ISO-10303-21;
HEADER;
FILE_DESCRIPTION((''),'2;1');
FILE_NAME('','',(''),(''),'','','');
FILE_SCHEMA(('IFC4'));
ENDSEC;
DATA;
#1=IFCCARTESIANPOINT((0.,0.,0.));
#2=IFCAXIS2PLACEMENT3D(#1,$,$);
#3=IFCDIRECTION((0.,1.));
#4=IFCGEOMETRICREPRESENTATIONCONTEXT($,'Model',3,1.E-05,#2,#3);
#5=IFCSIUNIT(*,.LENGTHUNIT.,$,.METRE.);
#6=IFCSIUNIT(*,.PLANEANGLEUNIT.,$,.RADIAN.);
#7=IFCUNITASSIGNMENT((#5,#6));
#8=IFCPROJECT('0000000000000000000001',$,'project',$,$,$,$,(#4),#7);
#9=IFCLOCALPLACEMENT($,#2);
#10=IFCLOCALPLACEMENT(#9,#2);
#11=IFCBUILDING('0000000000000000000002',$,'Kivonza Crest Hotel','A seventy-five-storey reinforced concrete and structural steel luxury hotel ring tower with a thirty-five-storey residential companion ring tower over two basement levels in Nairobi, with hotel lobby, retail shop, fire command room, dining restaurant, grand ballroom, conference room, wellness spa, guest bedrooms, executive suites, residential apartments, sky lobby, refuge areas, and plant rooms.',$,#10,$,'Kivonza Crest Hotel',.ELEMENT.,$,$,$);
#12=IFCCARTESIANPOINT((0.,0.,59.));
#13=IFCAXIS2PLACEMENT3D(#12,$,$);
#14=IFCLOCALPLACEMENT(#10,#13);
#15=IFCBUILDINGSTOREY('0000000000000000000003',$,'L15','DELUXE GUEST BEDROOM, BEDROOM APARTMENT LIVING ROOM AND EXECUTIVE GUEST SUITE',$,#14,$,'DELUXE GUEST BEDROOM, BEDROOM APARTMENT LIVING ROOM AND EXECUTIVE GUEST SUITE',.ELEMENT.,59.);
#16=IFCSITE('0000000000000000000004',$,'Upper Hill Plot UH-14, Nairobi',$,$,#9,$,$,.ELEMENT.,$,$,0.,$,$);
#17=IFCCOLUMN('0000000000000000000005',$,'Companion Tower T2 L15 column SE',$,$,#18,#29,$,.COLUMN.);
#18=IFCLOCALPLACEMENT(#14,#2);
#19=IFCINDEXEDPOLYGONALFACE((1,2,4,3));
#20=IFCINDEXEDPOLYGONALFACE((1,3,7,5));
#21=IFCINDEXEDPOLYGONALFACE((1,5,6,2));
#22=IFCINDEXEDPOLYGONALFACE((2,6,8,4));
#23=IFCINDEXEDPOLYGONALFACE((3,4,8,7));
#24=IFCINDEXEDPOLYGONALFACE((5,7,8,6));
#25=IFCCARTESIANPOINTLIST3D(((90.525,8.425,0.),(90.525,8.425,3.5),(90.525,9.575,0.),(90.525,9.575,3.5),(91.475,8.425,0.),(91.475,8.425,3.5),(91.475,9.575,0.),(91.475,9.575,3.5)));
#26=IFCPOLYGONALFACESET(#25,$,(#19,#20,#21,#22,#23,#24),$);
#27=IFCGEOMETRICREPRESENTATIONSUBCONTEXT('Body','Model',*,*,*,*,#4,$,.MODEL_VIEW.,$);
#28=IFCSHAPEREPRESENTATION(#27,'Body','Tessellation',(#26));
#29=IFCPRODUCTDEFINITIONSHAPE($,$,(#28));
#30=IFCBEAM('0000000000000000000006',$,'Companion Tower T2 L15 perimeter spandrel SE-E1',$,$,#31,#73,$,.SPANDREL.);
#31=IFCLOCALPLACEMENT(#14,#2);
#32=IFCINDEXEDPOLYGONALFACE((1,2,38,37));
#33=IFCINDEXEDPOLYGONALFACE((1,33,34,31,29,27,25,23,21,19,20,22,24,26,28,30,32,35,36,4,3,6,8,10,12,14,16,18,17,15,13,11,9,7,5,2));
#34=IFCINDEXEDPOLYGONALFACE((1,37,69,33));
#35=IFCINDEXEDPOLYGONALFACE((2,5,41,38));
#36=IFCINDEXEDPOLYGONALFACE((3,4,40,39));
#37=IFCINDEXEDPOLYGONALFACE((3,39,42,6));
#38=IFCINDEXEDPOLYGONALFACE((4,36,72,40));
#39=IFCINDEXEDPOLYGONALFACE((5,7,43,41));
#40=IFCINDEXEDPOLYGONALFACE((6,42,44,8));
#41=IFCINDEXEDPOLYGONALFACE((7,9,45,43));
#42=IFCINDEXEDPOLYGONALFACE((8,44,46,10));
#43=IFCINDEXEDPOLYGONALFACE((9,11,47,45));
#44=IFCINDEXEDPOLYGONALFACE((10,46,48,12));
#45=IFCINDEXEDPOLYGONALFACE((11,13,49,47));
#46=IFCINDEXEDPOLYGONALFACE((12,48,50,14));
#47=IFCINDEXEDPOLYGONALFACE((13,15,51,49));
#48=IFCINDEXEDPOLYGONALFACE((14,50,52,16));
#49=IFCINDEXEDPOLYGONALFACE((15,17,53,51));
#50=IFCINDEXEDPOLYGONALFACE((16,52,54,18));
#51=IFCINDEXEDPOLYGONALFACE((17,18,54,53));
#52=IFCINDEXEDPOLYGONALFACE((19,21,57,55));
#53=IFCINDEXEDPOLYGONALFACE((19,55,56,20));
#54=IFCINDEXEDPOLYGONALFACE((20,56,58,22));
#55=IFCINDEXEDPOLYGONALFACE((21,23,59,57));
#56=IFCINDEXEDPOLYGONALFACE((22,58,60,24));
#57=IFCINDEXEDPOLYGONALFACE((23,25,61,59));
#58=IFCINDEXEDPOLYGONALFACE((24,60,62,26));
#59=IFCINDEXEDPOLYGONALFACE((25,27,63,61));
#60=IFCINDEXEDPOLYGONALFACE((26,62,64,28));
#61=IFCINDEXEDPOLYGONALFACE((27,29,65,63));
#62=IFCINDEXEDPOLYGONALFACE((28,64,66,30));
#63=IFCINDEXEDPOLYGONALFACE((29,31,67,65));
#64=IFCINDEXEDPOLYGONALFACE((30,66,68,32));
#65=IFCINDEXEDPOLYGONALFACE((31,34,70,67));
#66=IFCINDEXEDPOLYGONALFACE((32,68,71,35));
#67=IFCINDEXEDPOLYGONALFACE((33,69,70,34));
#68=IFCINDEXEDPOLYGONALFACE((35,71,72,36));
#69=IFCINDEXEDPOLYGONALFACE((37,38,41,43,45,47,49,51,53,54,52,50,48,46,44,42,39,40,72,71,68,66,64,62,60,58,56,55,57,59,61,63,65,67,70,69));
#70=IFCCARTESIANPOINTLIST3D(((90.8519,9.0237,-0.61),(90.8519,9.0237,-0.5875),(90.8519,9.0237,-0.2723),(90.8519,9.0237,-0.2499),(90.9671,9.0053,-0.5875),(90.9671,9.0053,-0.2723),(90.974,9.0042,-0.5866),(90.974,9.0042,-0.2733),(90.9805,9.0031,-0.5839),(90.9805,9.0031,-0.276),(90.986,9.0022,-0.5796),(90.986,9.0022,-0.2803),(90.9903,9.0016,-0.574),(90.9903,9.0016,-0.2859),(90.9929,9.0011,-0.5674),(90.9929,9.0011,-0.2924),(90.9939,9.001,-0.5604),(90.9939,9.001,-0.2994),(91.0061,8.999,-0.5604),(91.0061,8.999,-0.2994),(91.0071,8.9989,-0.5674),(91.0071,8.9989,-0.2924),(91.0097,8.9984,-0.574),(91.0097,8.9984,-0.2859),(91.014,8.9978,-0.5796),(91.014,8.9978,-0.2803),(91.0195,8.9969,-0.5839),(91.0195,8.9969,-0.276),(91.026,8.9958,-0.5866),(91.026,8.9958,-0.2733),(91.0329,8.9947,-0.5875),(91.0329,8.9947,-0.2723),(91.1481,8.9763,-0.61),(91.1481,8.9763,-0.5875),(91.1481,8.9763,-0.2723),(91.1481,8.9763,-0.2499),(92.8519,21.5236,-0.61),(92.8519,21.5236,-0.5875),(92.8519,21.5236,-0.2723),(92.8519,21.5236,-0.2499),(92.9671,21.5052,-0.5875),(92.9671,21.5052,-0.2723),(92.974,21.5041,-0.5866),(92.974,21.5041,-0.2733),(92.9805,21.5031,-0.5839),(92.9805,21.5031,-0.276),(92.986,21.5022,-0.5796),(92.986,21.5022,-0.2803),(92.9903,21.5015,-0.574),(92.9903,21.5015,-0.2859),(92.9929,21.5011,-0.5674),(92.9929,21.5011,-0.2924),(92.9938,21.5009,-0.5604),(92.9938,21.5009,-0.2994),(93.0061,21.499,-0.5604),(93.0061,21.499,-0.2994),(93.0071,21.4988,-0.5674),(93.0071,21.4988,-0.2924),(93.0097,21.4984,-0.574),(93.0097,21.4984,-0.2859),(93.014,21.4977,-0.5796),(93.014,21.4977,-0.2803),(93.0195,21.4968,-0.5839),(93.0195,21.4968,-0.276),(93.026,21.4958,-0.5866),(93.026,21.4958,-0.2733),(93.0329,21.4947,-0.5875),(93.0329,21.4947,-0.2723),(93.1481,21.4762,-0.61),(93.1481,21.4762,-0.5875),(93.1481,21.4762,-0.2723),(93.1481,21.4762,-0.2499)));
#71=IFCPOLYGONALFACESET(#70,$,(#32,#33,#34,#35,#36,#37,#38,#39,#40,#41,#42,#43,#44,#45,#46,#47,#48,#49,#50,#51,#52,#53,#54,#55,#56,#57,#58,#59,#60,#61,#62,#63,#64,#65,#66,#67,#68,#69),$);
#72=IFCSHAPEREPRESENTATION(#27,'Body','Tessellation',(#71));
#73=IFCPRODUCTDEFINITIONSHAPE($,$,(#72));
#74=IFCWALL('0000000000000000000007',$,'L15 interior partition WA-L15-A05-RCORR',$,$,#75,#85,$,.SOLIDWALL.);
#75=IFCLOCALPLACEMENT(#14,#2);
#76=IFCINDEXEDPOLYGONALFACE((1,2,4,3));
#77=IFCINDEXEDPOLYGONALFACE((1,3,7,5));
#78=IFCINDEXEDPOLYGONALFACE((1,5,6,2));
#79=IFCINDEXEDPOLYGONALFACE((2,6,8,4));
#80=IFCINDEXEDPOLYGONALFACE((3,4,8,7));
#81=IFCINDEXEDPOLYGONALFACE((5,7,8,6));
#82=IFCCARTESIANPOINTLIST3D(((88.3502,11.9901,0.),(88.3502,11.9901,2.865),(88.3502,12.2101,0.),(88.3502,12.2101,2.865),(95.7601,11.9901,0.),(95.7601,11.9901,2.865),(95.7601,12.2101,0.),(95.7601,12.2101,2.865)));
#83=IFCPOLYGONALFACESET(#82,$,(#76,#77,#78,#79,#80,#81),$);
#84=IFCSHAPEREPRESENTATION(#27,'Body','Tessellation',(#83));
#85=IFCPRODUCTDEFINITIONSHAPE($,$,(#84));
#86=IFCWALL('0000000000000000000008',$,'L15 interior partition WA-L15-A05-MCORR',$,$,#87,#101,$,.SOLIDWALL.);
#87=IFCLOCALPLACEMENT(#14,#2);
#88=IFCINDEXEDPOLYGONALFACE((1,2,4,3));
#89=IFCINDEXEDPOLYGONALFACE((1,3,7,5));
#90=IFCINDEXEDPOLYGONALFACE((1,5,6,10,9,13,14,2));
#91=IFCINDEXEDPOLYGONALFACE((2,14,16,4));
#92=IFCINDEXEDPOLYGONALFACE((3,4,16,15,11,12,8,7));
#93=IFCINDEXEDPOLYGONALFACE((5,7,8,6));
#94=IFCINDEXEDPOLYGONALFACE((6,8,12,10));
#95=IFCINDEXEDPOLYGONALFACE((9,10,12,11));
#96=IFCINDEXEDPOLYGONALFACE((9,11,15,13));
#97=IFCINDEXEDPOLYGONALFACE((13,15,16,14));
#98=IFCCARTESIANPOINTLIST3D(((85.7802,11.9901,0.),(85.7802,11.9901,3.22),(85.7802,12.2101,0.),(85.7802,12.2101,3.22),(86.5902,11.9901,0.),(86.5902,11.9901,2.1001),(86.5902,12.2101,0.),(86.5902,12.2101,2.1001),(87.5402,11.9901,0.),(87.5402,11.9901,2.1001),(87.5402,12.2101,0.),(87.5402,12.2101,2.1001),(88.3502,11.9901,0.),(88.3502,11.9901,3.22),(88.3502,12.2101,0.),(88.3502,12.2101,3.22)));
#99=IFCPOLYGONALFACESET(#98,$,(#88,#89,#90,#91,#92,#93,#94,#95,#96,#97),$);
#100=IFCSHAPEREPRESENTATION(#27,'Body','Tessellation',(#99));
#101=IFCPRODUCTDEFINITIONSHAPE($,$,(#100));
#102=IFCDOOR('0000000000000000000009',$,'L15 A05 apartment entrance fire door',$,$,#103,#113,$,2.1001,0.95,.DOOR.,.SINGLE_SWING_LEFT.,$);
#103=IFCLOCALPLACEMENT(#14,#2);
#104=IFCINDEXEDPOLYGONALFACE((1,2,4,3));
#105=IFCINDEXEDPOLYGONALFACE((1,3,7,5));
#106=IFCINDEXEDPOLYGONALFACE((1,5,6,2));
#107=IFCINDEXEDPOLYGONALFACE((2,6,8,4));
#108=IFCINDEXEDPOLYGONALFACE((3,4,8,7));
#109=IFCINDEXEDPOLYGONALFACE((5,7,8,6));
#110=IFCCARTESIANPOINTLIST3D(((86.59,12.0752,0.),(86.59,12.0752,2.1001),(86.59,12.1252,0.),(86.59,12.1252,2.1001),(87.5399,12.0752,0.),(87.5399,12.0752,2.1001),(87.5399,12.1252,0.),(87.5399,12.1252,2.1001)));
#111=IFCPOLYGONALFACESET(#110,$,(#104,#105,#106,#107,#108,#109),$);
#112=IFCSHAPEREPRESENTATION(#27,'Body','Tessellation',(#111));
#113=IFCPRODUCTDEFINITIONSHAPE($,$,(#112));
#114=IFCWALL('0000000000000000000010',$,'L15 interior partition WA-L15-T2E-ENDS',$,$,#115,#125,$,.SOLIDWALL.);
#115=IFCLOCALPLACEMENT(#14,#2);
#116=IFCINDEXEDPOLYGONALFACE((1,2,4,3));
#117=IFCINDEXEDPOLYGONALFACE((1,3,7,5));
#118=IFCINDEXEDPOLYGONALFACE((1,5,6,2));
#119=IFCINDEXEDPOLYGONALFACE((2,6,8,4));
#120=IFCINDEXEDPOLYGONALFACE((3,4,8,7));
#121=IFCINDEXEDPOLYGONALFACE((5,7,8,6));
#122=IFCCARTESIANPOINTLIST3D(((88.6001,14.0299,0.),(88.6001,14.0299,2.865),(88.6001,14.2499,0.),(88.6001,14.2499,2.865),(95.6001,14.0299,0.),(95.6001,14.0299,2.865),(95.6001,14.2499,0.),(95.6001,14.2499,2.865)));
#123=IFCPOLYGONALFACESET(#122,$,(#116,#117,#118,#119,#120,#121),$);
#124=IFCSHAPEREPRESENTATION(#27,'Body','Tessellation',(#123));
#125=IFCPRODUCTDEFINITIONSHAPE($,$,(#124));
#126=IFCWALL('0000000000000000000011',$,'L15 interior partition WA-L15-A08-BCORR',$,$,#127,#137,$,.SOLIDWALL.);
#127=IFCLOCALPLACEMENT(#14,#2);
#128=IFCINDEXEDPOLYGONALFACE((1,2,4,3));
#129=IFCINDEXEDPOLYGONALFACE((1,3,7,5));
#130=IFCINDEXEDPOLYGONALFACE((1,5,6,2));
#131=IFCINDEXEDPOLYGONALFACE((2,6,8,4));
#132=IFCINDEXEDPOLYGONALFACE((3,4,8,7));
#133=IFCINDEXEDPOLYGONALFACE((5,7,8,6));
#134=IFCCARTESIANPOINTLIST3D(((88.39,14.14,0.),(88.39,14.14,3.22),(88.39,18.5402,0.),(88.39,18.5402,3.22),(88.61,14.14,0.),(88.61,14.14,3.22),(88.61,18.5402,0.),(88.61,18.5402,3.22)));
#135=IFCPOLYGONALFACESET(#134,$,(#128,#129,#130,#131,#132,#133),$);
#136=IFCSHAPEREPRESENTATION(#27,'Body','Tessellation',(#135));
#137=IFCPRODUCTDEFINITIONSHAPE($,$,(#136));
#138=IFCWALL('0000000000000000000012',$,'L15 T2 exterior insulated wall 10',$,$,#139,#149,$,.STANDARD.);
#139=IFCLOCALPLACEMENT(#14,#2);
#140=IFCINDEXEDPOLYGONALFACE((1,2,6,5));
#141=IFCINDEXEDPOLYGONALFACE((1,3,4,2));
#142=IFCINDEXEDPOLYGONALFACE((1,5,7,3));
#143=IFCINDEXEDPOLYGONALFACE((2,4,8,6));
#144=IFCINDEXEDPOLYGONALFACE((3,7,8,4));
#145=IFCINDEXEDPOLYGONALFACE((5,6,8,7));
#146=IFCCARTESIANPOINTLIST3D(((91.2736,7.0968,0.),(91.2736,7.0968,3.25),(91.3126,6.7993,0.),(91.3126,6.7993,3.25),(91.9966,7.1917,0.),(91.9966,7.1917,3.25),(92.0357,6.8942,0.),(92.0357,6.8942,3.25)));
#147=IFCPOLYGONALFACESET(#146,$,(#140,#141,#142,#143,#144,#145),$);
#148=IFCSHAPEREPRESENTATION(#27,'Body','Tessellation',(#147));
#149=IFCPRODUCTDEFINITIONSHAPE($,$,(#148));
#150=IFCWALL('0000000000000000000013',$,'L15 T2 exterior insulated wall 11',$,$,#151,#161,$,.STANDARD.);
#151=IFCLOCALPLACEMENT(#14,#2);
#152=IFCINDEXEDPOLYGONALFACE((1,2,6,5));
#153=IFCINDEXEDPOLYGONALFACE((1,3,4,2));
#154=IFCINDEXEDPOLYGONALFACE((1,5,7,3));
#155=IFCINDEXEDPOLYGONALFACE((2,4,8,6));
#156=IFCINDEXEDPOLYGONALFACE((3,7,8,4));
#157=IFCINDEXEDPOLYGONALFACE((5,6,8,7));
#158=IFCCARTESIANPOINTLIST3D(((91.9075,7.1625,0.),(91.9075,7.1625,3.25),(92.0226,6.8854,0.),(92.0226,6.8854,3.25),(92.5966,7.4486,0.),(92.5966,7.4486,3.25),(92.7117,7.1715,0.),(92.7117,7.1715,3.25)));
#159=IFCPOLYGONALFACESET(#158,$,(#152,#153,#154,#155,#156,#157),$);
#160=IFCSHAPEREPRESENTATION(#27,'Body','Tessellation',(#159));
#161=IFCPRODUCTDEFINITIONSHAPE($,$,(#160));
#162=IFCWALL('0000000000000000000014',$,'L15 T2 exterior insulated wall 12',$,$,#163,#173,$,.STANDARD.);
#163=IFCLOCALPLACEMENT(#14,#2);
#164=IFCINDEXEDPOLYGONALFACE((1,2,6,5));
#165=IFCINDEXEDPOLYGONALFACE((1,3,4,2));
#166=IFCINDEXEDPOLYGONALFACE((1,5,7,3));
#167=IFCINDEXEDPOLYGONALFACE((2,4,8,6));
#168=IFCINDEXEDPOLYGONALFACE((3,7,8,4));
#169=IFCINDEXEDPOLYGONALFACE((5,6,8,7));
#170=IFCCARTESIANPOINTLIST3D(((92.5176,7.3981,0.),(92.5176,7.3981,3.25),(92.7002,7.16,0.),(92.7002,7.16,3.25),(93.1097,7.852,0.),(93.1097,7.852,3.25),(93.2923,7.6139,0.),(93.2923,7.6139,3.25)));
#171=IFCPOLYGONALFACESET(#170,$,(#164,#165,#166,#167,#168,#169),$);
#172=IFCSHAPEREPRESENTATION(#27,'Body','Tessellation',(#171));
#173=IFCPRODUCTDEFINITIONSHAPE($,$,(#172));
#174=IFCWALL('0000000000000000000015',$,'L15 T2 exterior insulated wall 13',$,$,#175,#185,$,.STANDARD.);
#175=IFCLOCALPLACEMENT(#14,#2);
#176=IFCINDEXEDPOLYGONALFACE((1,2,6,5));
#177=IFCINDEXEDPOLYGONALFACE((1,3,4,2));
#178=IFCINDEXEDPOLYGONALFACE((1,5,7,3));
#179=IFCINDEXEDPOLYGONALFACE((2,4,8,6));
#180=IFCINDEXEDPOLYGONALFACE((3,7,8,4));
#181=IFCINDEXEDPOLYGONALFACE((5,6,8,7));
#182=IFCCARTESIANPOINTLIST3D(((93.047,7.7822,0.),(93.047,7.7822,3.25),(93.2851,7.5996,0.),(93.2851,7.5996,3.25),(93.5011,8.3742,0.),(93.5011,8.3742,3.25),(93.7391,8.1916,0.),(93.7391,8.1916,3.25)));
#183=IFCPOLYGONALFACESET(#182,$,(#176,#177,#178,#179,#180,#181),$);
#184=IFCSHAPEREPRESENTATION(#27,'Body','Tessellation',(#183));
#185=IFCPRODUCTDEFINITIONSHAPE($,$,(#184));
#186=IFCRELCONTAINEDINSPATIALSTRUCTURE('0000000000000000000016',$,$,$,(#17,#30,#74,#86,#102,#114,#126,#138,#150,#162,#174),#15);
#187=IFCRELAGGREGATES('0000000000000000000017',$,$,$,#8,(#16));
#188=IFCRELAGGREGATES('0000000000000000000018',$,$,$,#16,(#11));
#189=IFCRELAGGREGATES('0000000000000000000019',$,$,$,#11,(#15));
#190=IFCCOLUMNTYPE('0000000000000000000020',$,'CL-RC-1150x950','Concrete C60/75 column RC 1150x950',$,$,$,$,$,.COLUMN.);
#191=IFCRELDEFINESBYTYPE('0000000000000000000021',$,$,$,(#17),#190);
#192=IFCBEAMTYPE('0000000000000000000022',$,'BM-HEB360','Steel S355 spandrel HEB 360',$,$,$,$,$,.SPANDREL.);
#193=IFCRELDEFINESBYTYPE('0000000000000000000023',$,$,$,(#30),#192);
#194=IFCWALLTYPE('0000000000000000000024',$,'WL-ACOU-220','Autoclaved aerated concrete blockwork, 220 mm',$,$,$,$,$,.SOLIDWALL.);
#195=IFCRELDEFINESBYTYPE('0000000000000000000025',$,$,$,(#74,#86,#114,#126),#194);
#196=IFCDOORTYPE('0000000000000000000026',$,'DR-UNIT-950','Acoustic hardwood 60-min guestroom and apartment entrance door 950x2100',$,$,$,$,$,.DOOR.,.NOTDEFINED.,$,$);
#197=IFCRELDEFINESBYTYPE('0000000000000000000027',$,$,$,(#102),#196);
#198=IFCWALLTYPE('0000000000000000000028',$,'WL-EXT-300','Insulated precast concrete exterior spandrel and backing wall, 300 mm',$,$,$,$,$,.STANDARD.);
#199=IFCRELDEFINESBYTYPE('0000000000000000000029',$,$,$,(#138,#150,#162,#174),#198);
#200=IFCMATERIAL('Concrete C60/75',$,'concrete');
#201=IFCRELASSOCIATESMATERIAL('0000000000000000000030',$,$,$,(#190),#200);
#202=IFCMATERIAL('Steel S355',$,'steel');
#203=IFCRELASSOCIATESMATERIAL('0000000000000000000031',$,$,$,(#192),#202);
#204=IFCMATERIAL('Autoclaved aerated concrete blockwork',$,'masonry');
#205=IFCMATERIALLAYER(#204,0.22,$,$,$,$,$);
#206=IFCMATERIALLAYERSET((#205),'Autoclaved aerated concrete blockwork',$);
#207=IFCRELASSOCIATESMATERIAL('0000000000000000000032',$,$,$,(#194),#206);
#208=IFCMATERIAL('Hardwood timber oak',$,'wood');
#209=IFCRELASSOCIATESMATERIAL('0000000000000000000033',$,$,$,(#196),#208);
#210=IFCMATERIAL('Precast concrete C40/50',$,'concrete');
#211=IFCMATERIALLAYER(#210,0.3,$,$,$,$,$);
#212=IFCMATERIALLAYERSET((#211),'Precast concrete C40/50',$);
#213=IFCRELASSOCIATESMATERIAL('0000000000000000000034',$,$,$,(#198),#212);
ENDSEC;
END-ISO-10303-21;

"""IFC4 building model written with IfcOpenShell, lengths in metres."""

from ifc_helpers import new_model, si_unit, direction, frame, frame_2d, origin, origin_2d, place, context, subcontext, project, spatial, rectangle, i_section, extrude, material, layer, layer_set, material_profile, profile_set, type_object, element, fill, save


model = new_model("IFC4")

# Units and contexts
model_context = context("Model", 3, precision=1e-05, world=origin(), true_north=direction((0.0, 1.0)))
body_context = subcontext(model_context, "Body", "Model", "MODEL_VIEW")
ifc_project = project(units=[si_unit("LENGTHUNIT", "METRE"), si_unit("PLANEANGLEUNIT", "RADIAN")], contexts=[model_context])

# Site, building, storey
site_placement = place(None, origin())
site = spatial("IfcSite", under=ifc_project, at=site_placement, Name="Upper Hill Plot UH-14, Nairobi", CompositionType="ELEMENT", RefElevation=0.0)
building_placement = place(site_placement, origin())
building = spatial("IfcBuilding", under=site, at=building_placement, Name="Kivonza Crest Hotel", Description="A seventy-five-storey reinforced concrete and structural steel luxury hotel ring tower with a thirty-five-storey residential companion ring tower over two basement levels in Nairobi, with hotel lobby, retail shop, fire command room, dining restaurant, grand ballroom, conference room, wellness spa, guest bedrooms, executive suites, residential apartments, sky lobby, refuge areas, and plant rooms.", LongName="Kivonza Crest Hotel", CompositionType="ELEMENT")
storey_placement = place(building_placement, frame((0.0, 0.0, 59.0)))
storey = spatial("IfcBuildingStorey", under=building, at=storey_placement, Name="L15", Description="DELUXE GUEST BEDROOM, BEDROOM APARTMENT LIVING ROOM AND EXECUTIVE GUEST SUITE", LongName="DELUXE GUEST BEDROOM, BEDROOM APARTMENT LIVING ROOM AND EXECUTIVE GUEST SUITE", CompositionType="ELEMENT", Elevation=59.0)

# Column
ifc_material_1 = material(Name="Concrete C60/75", Category="concrete")
ifc_material_profile_1 = material_profile(ifc_material_1, rectangle(XDim=0.95, YDim=1.1499, at=origin_2d()), Name="RC 1150x950")
ifc_profile_set_1 = profile_set([ifc_material_profile_1], Name="Concrete C60/75")
column_type = type_object("IfcColumnType", Name="CL-RC-1150x950", Description="Concrete C60/75 column RC 1150x950", PredefinedType="COLUMN", material=ifc_profile_set_1)
column_placement = place(storey_placement, frame((91.0, 9.0, 0.0), z_axis=(0.0, 0.0, 1.0), x_axis=(1.0, 0.0, 0.0)))
element("IfcColumn", 1, at=column_placement, inside=storey, type_object=column_type, Name="Companion Tower T2 L15 column SE", PredefinedType="COLUMN", context=body_context, shape_type="SweptSolid", body=[
    extrude(rectangle(XDim=0.95, YDim=1.1499, at=origin_2d()), origin(), (0.0, 0.0, 1.0), 3.5),
])

# Beam
ifc_material_2 = material(Name="Steel S355", Category="steel")
ifc_material_profile_2 = material_profile(ifc_material_2, i_section(OverallWidth=0.3, OverallDepth=0.3601, WebThickness=0.0125, FlangeThickness=0.0225, FilletRadius=0.0271, at=origin_2d()), Name="HEB 360")
ifc_profile_set_2 = profile_set([ifc_material_profile_2], Name="Steel S355")
beam_type = type_object("IfcBeamType", Name="BM-HEB360", Description="Steel S355 spandrel HEB 360", PredefinedType="SPANDREL", material=ifc_profile_set_2)
beam_placement = place(storey_placement, frame((91.0, 9.0, -0.4299), z_axis=(0.157991, 0.987441, 0.0), x_axis=(-0.987441, 0.157991, 0.0)))
element("IfcBeam", 2, at=beam_placement, inside=storey, type_object=beam_type, Name="Companion Tower T2 L15 perimeter spandrel SE-E1", PredefinedType="SPANDREL", context=body_context, shape_type="SweptSolid", body=[
    extrude(i_section(OverallWidth=0.3, OverallDepth=0.3601, WebThickness=0.0125, FlangeThickness=0.0225, FilletRadius=0.0271, at=origin_2d()), origin(), (0.0, 0.0, 1.0), 12.6589),
])

# Wall
ifc_material_3 = material(Name="Autoclaved aerated concrete blockwork", Category="masonry")
ifc_layer_1 = layer(ifc_material_3, 0.22)
ifc_layer_set_1 = layer_set([ifc_layer_1], Name="Autoclaved aerated concrete blockwork")
wall_type_1 = type_object("IfcWallType", Name="WL-ACOU-220", Description="Autoclaved aerated concrete blockwork, 220 mm", PredefinedType="SOLIDWALL", material=ifc_layer_set_1)
wall_1_placement = place(storey_placement, frame((88.3501, 12.1001, 0.0), z_axis=(0.0, 0.0, 1.0), x_axis=(1.0, 0.0, 0.0)))
element("IfcWall", 3, at=wall_1_placement, inside=storey, type_object=wall_type_1, Name="L15 interior partition WA-L15-A05-RCORR", PredefinedType="SOLIDWALL", context=body_context, shape_type="SweptSolid", body=[
    extrude(rectangle(XDim=7.4099, YDim=0.22, at=frame_2d((3.7051, 0.0))), origin(), (0.0, 0.0, 1.0), 2.865),
])

# Wall, opening, door
wall_2_placement = place(storey_placement, frame((85.78, 12.1001, 0.0), z_axis=(0.0, 0.0, 1.0), x_axis=(1.0, 0.0, 0.0)))
wall_2 = element("IfcWall", 4, at=wall_2_placement, inside=storey, type_object=wall_type_1, Name="L15 interior partition WA-L15-A05-MCORR", PredefinedType="SOLIDWALL", context=body_context, shape_type="SweptSolid", body=[
    extrude(rectangle(XDim=2.5701, YDim=0.22, at=frame_2d((1.2852, 0.0))), origin(), (0.0, 0.0, 1.0), 3.22),
])
opening_1_placement = place(wall_2_placement, frame((0.8101, 0.0, 0.0)))
opening_1 = element("IfcOpeningElement", 5, at=opening_1_placement, cuts=wall_2, PredefinedType="OPENING", context=body_context, shape_type="SweptSolid", body=[
    extrude(rectangle(XDim=0.95, YDim=2.1001, at=frame_2d((0.4751, 1.05))), frame((0.0, 0.1201, 0.0), z_axis=(0.0, -1.0, 0.0), x_axis=(1.0, 0.0, 0.0)), (0.0, 0.0, 1.0), 0.24),
])
ifc_material_4 = material(Name="Hardwood timber oak", Category="wood")
door_type_1 = type_object("IfcDoorType", Name="DR-UNIT-950", Description="Acoustic hardwood 60-min guestroom and apartment entrance door 950x2100", OperationType="NOTDEFINED", PredefinedType="DOOR", material=ifc_material_4)
door_1_placement = place(opening_1_placement, frame((0.95, 0.0, 0.0), z_axis=(0.0, 0.0, 1.0), x_axis=(-1.0, 0.0, 0.0)))
door_1 = element("IfcDoor", 6, at=door_1_placement, inside=storey, type_object=door_type_1, Name="L15 A05 apartment entrance fire door", OperationType="SINGLE_SWING_LEFT", OverallHeight=2.1001, OverallWidth=0.95, PredefinedType="DOOR", context=body_context, shape_type="SweptSolid", body=[
    extrude(rectangle(XDim=0.95, YDim=2.1001, at=frame_2d((0.4751, 1.05))), frame((0.0, 0.0249, 0.0), z_axis=(0.0, -1.0, 0.0), x_axis=(1.0, 0.0, 0.0)), (0.0, 0.0, 1.0), 0.05),
])
fill(opening_1, door_1)

# Walls
wall_3_placement = place(storey_placement, frame((88.6001, 14.1399, 0.0), z_axis=(0.0, 0.0, 1.0), x_axis=(1.0, 0.0, 0.0)))
element("IfcWall", 7, at=wall_3_placement, inside=storey, type_object=wall_type_1, Name="L15 interior partition WA-L15-T2E-ENDS", PredefinedType="SOLIDWALL", context=body_context, shape_type="SweptSolid", body=[
    extrude(rectangle(XDim=7.0, YDim=0.22, at=frame_2d((3.5, 0.0))), origin(), (0.0, 0.0, 1.0), 2.865),
])
wall_4_placement = place(storey_placement, frame((88.5, 14.1399, 0.0), z_axis=(0.0, 0.0, 1.0), x_axis=(0.0, 1.0, 0.0)))
element("IfcWall", 8, at=wall_4_placement, inside=storey, type_object=wall_type_1, Name="L15 interior partition WA-L15-A08-BCORR", PredefinedType="SOLIDWALL", context=body_context, shape_type="SweptSolid", body=[
    extrude(rectangle(XDim=4.4001, YDim=0.22, at=frame_2d((2.2002, 0.0))), origin(), (0.0, 0.0, 1.0), 3.22),
])
ifc_material_5 = material(Name="Precast concrete C40/50", Category="concrete")
ifc_layer_2 = layer(ifc_material_5, 0.3)
ifc_layer_set_2 = layer_set([ifc_layer_2], Name="Precast concrete C40/50")
wall_type_2 = type_object("IfcWallType", Name="WL-EXT-300", Description="Insulated precast concrete exterior spandrel and backing wall, 300 mm", PredefinedType="STANDARD", material=ifc_layer_set_2)
wall_5_placement = place(storey_placement, frame((91.293, 6.948, 0.0), z_axis=(0.0, 0.0, 1.0), x_axis=(0.991486, 0.130212, 0.0)))
element("IfcWall", 9, at=wall_5_placement, inside=storey, type_object=wall_type_2, Name="L15 T2 exterior insulated wall 10", PredefinedType="STANDARD", context=body_context, shape_type="SweptSolid", body=[
    extrude(rectangle(XDim=0.7292, YDim=0.3, at=frame_2d((0.3647, 0.0))), origin(), (0.0, 0.0, 1.0), 3.25),
])
for number, where, z_axis, x_axis, name in (
    (10, (91.9651, 7.0239, 0.0), (0.0, 0.0, 1.0), (0.923522, 0.383546, 0.0), "L15 T2 exterior insulated wall 11"),
    (11, (92.6089, 7.2791, 0.0), (0.0, 0.0, 1.0), (0.793633, 0.608397, 0.0), "L15 T2 exterior insulated wall 12"),
    (12, (93.166, 7.6909, 0.0), (0.0, 0.0, 1.0), (0.608603, 0.793475, 0.0), "L15 T2 exterior insulated wall 13"),
):
    element("IfcWall", number, at=place(storey_placement, frame(where, z_axis=z_axis, x_axis=x_axis)), inside=storey, type_object=wall_type_2, Name=name, PredefinedType="STANDARD", context=body_context, shape_type="SweptSolid", body=[
        extrude(rectangle(XDim=0.7461, YDim=0.3, at=frame_2d((0.373, 0.0))), origin(), (0.0, 0.0, 1.0), 3.25),
    ])

save(model, "model.ifc")
